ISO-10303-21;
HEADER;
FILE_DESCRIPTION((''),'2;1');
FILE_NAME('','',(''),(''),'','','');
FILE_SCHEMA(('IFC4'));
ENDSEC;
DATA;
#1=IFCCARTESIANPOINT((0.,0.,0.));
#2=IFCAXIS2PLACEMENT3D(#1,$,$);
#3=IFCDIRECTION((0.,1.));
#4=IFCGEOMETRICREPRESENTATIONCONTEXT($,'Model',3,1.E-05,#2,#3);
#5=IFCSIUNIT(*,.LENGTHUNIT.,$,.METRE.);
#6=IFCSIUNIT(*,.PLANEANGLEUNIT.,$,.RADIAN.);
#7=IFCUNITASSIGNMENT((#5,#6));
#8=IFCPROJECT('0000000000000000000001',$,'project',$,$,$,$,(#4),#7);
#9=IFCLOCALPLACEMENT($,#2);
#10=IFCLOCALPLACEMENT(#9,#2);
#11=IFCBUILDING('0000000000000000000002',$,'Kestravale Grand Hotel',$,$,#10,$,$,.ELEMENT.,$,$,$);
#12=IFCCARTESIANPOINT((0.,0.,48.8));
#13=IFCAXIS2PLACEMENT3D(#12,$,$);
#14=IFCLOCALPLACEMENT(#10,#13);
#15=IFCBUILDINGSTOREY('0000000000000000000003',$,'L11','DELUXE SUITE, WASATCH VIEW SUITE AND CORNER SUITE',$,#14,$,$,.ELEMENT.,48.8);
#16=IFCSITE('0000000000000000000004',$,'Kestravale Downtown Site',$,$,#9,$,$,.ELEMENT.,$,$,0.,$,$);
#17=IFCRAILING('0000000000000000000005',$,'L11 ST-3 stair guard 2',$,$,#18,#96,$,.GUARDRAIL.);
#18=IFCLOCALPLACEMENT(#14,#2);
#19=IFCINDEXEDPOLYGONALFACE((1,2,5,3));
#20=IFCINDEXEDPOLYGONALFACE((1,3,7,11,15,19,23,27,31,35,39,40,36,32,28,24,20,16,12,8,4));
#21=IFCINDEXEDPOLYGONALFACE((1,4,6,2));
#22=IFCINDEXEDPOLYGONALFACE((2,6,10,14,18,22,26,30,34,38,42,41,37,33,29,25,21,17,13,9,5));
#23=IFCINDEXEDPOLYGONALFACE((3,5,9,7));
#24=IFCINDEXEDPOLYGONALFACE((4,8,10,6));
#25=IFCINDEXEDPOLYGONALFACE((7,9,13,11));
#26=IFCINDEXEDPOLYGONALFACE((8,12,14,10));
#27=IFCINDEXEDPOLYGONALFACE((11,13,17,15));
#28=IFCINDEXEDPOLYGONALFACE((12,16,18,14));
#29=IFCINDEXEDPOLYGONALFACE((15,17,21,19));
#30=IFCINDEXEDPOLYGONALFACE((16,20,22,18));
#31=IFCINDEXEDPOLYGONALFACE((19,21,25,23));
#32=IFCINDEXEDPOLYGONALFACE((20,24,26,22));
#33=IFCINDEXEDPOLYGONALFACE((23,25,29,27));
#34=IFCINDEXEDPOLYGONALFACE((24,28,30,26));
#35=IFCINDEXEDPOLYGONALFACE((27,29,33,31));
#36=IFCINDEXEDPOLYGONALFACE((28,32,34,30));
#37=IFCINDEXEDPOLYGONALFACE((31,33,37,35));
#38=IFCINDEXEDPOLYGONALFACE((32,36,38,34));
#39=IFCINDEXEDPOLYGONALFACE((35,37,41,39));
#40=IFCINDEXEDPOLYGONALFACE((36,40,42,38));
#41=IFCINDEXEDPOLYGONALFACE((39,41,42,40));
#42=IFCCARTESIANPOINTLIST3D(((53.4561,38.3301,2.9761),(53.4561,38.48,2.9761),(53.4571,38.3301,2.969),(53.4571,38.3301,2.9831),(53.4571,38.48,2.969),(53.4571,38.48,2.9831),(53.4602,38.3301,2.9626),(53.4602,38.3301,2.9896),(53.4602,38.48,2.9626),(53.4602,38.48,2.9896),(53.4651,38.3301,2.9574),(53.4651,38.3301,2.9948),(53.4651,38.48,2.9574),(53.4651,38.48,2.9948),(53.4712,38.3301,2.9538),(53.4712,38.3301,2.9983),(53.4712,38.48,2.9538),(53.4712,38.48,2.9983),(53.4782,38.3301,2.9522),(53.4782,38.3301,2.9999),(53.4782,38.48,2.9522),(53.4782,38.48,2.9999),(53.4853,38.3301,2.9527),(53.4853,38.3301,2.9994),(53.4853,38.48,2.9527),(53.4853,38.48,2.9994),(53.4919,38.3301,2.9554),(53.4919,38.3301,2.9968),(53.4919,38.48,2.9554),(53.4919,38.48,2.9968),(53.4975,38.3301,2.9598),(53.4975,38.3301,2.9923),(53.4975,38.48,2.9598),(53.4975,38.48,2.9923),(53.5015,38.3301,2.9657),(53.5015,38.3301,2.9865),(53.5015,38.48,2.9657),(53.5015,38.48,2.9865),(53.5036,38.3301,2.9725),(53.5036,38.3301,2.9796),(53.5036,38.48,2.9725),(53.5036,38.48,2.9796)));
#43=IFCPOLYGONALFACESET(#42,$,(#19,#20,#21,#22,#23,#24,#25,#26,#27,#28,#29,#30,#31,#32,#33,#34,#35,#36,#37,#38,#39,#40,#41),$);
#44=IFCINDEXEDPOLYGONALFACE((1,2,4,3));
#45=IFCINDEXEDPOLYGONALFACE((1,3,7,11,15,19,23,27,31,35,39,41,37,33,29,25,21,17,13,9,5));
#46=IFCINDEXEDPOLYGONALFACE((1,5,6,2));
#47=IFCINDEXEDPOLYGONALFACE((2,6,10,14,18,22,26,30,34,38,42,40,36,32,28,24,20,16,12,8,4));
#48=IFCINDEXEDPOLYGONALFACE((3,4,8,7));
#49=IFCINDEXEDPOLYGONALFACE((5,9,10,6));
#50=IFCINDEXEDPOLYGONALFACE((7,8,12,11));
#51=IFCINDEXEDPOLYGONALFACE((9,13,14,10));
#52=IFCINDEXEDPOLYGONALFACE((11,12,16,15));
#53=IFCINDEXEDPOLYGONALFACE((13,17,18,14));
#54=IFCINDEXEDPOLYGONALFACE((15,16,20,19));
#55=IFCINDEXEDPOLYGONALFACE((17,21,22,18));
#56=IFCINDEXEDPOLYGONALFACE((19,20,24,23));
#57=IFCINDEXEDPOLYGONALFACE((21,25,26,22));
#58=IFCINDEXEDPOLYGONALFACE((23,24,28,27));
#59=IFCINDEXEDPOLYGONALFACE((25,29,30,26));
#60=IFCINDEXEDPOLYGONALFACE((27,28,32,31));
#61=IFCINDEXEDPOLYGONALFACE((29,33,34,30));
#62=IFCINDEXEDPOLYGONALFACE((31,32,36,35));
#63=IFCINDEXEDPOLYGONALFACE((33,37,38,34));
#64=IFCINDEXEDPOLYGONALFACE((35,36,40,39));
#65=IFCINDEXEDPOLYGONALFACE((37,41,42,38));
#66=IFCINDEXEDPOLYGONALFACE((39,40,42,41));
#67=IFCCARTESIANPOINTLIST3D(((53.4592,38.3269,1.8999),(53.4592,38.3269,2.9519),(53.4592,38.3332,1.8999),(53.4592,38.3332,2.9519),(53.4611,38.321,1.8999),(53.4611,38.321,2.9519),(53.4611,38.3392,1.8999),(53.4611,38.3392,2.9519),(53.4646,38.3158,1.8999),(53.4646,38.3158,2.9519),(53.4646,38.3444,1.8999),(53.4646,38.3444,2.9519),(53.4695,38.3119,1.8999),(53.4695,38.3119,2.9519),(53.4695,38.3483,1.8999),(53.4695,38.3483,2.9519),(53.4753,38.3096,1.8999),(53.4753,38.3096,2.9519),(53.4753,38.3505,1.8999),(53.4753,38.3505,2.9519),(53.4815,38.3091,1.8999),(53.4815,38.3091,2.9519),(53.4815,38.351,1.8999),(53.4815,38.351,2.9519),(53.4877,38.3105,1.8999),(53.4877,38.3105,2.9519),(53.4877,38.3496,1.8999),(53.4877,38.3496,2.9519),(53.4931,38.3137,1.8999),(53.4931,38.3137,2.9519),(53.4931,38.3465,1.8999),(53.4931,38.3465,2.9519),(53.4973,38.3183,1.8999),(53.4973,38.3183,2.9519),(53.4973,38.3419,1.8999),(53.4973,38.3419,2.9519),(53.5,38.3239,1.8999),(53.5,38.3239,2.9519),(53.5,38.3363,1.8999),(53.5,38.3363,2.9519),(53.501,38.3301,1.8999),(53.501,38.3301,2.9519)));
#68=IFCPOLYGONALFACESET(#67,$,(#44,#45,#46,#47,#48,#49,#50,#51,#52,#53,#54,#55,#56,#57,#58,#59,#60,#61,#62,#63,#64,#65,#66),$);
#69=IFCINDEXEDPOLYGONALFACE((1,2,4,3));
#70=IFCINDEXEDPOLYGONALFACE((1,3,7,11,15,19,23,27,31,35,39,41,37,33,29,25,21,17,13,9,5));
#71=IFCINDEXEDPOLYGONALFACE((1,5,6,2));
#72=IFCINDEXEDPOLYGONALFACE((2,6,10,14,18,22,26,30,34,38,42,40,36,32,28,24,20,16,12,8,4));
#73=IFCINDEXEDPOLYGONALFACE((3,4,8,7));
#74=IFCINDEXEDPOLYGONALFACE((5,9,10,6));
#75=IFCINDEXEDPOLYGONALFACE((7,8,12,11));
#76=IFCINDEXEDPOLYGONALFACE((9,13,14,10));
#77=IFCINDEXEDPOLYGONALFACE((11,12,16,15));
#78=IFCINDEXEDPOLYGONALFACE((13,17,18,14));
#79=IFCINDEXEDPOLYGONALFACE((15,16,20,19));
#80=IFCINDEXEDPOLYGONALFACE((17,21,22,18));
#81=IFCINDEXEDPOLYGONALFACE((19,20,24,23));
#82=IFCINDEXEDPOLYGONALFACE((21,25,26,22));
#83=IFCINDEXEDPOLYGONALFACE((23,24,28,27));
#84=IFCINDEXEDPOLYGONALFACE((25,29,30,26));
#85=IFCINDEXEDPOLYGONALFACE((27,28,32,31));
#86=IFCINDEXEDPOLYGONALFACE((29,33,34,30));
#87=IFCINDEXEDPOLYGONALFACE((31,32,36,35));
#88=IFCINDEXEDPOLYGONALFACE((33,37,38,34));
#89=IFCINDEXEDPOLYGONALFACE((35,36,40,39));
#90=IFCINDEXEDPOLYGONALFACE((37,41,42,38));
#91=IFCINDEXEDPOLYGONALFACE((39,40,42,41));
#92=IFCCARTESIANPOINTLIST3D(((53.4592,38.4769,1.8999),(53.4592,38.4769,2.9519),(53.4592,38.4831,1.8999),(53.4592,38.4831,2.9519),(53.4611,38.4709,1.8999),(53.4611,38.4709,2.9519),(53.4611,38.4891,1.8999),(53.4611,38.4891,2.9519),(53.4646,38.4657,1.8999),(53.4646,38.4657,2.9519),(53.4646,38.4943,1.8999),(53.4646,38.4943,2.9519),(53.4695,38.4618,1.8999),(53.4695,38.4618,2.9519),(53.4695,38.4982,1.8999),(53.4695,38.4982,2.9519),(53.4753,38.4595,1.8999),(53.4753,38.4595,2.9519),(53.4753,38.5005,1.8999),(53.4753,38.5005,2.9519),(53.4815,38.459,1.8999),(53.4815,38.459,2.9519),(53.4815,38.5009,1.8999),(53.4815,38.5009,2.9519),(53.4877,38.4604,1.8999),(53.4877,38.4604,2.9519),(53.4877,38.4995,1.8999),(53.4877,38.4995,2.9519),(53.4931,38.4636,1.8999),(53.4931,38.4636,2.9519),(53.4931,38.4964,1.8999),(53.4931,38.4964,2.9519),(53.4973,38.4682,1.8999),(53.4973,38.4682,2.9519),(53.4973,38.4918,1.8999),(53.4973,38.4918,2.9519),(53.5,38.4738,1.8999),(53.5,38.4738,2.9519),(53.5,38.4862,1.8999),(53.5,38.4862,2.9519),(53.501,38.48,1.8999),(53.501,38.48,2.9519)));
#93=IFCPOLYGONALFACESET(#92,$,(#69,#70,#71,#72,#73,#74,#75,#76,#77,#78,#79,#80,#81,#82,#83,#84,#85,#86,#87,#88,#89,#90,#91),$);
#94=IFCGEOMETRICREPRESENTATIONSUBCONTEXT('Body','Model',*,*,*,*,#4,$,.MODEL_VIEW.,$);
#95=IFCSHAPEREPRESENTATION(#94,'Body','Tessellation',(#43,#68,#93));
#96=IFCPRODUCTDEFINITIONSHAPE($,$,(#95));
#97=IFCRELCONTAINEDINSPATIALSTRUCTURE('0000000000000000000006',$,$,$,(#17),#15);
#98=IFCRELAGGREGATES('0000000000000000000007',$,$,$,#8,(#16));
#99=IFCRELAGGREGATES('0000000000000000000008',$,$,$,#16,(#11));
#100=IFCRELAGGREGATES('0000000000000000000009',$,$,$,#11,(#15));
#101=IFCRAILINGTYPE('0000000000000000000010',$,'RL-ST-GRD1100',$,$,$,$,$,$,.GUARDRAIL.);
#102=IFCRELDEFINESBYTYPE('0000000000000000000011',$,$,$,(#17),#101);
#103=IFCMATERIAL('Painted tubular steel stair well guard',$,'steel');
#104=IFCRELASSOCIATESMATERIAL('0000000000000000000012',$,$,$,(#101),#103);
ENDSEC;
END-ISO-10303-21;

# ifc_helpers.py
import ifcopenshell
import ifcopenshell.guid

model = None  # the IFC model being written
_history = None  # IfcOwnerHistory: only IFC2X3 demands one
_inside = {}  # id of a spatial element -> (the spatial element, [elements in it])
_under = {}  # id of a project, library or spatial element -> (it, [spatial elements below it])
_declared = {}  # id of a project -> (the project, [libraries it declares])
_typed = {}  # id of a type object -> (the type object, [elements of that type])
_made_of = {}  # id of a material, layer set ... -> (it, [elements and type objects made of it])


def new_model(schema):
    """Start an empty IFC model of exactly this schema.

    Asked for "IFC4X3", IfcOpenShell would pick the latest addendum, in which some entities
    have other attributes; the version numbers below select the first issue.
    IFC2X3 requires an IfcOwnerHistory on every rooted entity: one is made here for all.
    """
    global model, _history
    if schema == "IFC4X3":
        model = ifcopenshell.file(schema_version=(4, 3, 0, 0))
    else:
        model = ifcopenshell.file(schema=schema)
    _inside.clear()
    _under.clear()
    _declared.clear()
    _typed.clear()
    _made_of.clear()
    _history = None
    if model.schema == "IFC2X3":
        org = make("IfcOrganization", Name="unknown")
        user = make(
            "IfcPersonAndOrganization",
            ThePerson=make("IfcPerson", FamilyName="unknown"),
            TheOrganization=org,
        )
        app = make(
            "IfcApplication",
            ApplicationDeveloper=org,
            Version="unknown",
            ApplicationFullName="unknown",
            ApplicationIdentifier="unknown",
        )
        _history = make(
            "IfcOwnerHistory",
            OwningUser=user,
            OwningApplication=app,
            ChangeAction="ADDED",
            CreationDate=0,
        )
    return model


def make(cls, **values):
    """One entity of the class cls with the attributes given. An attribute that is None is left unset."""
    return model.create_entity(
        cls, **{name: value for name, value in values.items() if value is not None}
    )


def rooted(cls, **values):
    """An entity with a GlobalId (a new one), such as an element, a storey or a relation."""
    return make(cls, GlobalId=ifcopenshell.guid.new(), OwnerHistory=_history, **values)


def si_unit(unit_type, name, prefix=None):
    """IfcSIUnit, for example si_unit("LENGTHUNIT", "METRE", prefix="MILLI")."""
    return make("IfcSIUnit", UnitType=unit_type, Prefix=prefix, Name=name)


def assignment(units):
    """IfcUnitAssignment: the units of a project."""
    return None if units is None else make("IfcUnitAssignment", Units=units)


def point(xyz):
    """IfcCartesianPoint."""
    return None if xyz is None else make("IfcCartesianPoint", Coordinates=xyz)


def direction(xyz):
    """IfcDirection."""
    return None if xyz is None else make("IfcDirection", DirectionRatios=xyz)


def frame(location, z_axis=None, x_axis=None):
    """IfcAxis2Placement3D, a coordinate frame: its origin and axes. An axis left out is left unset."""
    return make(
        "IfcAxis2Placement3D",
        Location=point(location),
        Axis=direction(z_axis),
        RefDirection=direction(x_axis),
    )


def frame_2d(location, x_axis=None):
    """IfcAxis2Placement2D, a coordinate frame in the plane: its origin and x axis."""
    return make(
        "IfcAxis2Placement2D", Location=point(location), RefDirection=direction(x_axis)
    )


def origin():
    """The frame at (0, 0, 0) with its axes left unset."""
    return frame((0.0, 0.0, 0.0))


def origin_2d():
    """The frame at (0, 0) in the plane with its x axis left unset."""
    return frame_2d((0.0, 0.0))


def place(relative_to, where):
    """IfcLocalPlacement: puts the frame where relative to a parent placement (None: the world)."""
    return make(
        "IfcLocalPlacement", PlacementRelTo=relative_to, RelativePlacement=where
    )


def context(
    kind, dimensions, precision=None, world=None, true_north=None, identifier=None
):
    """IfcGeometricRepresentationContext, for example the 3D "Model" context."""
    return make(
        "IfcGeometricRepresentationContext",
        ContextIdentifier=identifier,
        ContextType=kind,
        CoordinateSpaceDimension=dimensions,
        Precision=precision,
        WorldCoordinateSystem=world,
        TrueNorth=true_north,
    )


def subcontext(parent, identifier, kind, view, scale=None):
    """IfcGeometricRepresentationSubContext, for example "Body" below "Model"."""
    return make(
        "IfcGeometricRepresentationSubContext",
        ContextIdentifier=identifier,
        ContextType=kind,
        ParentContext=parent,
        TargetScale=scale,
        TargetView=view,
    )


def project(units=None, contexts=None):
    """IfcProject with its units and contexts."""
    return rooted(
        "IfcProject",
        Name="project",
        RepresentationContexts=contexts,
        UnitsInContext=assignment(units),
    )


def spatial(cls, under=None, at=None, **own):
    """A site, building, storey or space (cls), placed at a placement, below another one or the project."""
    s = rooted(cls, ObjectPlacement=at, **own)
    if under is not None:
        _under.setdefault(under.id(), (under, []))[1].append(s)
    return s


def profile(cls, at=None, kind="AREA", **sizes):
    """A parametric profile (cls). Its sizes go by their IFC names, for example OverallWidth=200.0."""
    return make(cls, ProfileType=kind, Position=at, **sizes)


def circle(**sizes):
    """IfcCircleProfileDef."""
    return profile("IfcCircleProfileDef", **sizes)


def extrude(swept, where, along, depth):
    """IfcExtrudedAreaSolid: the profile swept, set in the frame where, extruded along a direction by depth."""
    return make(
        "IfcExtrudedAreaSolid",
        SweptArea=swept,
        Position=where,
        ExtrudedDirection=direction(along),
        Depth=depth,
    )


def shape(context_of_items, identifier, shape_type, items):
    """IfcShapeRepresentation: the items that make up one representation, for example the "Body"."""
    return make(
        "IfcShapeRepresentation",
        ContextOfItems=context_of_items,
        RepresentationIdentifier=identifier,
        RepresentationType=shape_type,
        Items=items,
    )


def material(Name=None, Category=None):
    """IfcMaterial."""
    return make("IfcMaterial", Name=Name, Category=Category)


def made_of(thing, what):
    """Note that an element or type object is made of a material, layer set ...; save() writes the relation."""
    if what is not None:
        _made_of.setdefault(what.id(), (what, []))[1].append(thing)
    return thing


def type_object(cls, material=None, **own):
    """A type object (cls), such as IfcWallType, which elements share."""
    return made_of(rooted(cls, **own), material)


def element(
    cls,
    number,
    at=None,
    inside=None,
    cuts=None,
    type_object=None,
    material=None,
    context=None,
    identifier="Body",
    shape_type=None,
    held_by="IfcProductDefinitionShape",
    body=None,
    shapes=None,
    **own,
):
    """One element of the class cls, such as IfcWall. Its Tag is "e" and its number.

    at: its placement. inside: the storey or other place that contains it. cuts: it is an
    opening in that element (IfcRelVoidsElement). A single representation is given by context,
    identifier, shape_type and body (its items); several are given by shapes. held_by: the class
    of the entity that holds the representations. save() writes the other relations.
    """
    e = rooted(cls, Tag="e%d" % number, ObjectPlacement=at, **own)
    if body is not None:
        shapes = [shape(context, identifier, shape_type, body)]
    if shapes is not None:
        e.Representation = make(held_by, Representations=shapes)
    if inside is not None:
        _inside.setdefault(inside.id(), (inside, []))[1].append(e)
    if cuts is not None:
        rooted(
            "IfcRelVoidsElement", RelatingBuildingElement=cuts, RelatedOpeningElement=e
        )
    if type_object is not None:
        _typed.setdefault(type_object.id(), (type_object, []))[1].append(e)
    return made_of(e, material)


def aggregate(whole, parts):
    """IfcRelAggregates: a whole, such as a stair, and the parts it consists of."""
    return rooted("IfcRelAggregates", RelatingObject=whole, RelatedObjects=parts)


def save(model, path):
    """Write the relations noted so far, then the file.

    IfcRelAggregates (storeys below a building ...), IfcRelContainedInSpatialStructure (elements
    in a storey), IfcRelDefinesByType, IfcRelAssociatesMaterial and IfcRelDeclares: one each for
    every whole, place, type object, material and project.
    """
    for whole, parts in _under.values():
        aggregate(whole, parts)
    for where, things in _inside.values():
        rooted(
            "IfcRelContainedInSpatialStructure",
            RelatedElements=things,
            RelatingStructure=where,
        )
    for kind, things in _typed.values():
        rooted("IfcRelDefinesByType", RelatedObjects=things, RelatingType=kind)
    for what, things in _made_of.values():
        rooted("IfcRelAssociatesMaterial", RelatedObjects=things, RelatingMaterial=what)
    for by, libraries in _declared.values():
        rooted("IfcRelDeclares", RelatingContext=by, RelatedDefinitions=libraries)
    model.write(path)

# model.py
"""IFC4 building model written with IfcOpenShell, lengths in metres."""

from ifc_helpers import new_model, si_unit, direction, frame, origin, origin_2d, place, context, subcontext, project, spatial, circle, extrude, material, type_object, element, save


model = new_model("IFC4")

# Units and contexts
model_context = context("Model", 3, precision=1e-05, world=origin(), true_north=direction((0.0, 1.0)))
body_context = subcontext(model_context, "Body", "Model", "MODEL_VIEW")
ifc_project = project(units=[si_unit("LENGTHUNIT", "METRE"), si_unit("PLANEANGLEUNIT", "RADIAN")], contexts=[model_context])

# Site, building, storey
site_placement = place(None, origin())
site = spatial("IfcSite", under=ifc_project, at=site_placement, Name="Kestravale Downtown Site", CompositionType="ELEMENT", RefElevation=0.0)
building_placement = place(site_placement, origin())
building = spatial("IfcBuilding", under=site, at=building_placement, Name="Kestravale Grand Hotel", CompositionType="ELEMENT")
storey_placement = place(building_placement, frame((0.0, 0.0, 48.8)))
storey = spatial("IfcBuildingStorey", under=building, at=storey_placement, Name="L11", Description="DELUXE SUITE, WASATCH VIEW SUITE AND CORNER SUITE", CompositionType="ELEMENT", Elevation=48.8)

# Railing
ifc_material_1 = material(Name="Painted tubular steel stair well guard", Category="steel")
railing_type_1 = type_object("IfcRailingType", Name="RL-ST-GRD1100", PredefinedType="GUARDRAIL", material=ifc_material_1)
railing_1_placement = place(storey_placement, frame((53.48, 38.3301, 1.8999)))
element("IfcRailing", 1, at=railing_1_placement, inside=storey, type_object=railing_type_1, Name="L11 ST-3 stair guard 2", PredefinedType="GUARDRAIL", context=body_context, shape_type="SweptSolid", body=[
    extrude(circle(Radius=0.0239, at=origin_2d()), frame((0.0, 0.0, 1.0762), z_axis=(0.0, 1.0, 0.0), x_axis=(-1.0, 0.0, 0.0)), (0.0, 0.0, 1.0), 0.1499),
    extrude(circle(Radius=0.021, at=origin_2d()), origin(), (0.0, 0.0, 1.0), 1.052),
    extrude(circle(Radius=0.021, at=origin_2d()), frame((0.0, 0.1499, 0.0)), (0.0, 0.0, 1.0), 1.052),
])

save(model, "model.ifc")
